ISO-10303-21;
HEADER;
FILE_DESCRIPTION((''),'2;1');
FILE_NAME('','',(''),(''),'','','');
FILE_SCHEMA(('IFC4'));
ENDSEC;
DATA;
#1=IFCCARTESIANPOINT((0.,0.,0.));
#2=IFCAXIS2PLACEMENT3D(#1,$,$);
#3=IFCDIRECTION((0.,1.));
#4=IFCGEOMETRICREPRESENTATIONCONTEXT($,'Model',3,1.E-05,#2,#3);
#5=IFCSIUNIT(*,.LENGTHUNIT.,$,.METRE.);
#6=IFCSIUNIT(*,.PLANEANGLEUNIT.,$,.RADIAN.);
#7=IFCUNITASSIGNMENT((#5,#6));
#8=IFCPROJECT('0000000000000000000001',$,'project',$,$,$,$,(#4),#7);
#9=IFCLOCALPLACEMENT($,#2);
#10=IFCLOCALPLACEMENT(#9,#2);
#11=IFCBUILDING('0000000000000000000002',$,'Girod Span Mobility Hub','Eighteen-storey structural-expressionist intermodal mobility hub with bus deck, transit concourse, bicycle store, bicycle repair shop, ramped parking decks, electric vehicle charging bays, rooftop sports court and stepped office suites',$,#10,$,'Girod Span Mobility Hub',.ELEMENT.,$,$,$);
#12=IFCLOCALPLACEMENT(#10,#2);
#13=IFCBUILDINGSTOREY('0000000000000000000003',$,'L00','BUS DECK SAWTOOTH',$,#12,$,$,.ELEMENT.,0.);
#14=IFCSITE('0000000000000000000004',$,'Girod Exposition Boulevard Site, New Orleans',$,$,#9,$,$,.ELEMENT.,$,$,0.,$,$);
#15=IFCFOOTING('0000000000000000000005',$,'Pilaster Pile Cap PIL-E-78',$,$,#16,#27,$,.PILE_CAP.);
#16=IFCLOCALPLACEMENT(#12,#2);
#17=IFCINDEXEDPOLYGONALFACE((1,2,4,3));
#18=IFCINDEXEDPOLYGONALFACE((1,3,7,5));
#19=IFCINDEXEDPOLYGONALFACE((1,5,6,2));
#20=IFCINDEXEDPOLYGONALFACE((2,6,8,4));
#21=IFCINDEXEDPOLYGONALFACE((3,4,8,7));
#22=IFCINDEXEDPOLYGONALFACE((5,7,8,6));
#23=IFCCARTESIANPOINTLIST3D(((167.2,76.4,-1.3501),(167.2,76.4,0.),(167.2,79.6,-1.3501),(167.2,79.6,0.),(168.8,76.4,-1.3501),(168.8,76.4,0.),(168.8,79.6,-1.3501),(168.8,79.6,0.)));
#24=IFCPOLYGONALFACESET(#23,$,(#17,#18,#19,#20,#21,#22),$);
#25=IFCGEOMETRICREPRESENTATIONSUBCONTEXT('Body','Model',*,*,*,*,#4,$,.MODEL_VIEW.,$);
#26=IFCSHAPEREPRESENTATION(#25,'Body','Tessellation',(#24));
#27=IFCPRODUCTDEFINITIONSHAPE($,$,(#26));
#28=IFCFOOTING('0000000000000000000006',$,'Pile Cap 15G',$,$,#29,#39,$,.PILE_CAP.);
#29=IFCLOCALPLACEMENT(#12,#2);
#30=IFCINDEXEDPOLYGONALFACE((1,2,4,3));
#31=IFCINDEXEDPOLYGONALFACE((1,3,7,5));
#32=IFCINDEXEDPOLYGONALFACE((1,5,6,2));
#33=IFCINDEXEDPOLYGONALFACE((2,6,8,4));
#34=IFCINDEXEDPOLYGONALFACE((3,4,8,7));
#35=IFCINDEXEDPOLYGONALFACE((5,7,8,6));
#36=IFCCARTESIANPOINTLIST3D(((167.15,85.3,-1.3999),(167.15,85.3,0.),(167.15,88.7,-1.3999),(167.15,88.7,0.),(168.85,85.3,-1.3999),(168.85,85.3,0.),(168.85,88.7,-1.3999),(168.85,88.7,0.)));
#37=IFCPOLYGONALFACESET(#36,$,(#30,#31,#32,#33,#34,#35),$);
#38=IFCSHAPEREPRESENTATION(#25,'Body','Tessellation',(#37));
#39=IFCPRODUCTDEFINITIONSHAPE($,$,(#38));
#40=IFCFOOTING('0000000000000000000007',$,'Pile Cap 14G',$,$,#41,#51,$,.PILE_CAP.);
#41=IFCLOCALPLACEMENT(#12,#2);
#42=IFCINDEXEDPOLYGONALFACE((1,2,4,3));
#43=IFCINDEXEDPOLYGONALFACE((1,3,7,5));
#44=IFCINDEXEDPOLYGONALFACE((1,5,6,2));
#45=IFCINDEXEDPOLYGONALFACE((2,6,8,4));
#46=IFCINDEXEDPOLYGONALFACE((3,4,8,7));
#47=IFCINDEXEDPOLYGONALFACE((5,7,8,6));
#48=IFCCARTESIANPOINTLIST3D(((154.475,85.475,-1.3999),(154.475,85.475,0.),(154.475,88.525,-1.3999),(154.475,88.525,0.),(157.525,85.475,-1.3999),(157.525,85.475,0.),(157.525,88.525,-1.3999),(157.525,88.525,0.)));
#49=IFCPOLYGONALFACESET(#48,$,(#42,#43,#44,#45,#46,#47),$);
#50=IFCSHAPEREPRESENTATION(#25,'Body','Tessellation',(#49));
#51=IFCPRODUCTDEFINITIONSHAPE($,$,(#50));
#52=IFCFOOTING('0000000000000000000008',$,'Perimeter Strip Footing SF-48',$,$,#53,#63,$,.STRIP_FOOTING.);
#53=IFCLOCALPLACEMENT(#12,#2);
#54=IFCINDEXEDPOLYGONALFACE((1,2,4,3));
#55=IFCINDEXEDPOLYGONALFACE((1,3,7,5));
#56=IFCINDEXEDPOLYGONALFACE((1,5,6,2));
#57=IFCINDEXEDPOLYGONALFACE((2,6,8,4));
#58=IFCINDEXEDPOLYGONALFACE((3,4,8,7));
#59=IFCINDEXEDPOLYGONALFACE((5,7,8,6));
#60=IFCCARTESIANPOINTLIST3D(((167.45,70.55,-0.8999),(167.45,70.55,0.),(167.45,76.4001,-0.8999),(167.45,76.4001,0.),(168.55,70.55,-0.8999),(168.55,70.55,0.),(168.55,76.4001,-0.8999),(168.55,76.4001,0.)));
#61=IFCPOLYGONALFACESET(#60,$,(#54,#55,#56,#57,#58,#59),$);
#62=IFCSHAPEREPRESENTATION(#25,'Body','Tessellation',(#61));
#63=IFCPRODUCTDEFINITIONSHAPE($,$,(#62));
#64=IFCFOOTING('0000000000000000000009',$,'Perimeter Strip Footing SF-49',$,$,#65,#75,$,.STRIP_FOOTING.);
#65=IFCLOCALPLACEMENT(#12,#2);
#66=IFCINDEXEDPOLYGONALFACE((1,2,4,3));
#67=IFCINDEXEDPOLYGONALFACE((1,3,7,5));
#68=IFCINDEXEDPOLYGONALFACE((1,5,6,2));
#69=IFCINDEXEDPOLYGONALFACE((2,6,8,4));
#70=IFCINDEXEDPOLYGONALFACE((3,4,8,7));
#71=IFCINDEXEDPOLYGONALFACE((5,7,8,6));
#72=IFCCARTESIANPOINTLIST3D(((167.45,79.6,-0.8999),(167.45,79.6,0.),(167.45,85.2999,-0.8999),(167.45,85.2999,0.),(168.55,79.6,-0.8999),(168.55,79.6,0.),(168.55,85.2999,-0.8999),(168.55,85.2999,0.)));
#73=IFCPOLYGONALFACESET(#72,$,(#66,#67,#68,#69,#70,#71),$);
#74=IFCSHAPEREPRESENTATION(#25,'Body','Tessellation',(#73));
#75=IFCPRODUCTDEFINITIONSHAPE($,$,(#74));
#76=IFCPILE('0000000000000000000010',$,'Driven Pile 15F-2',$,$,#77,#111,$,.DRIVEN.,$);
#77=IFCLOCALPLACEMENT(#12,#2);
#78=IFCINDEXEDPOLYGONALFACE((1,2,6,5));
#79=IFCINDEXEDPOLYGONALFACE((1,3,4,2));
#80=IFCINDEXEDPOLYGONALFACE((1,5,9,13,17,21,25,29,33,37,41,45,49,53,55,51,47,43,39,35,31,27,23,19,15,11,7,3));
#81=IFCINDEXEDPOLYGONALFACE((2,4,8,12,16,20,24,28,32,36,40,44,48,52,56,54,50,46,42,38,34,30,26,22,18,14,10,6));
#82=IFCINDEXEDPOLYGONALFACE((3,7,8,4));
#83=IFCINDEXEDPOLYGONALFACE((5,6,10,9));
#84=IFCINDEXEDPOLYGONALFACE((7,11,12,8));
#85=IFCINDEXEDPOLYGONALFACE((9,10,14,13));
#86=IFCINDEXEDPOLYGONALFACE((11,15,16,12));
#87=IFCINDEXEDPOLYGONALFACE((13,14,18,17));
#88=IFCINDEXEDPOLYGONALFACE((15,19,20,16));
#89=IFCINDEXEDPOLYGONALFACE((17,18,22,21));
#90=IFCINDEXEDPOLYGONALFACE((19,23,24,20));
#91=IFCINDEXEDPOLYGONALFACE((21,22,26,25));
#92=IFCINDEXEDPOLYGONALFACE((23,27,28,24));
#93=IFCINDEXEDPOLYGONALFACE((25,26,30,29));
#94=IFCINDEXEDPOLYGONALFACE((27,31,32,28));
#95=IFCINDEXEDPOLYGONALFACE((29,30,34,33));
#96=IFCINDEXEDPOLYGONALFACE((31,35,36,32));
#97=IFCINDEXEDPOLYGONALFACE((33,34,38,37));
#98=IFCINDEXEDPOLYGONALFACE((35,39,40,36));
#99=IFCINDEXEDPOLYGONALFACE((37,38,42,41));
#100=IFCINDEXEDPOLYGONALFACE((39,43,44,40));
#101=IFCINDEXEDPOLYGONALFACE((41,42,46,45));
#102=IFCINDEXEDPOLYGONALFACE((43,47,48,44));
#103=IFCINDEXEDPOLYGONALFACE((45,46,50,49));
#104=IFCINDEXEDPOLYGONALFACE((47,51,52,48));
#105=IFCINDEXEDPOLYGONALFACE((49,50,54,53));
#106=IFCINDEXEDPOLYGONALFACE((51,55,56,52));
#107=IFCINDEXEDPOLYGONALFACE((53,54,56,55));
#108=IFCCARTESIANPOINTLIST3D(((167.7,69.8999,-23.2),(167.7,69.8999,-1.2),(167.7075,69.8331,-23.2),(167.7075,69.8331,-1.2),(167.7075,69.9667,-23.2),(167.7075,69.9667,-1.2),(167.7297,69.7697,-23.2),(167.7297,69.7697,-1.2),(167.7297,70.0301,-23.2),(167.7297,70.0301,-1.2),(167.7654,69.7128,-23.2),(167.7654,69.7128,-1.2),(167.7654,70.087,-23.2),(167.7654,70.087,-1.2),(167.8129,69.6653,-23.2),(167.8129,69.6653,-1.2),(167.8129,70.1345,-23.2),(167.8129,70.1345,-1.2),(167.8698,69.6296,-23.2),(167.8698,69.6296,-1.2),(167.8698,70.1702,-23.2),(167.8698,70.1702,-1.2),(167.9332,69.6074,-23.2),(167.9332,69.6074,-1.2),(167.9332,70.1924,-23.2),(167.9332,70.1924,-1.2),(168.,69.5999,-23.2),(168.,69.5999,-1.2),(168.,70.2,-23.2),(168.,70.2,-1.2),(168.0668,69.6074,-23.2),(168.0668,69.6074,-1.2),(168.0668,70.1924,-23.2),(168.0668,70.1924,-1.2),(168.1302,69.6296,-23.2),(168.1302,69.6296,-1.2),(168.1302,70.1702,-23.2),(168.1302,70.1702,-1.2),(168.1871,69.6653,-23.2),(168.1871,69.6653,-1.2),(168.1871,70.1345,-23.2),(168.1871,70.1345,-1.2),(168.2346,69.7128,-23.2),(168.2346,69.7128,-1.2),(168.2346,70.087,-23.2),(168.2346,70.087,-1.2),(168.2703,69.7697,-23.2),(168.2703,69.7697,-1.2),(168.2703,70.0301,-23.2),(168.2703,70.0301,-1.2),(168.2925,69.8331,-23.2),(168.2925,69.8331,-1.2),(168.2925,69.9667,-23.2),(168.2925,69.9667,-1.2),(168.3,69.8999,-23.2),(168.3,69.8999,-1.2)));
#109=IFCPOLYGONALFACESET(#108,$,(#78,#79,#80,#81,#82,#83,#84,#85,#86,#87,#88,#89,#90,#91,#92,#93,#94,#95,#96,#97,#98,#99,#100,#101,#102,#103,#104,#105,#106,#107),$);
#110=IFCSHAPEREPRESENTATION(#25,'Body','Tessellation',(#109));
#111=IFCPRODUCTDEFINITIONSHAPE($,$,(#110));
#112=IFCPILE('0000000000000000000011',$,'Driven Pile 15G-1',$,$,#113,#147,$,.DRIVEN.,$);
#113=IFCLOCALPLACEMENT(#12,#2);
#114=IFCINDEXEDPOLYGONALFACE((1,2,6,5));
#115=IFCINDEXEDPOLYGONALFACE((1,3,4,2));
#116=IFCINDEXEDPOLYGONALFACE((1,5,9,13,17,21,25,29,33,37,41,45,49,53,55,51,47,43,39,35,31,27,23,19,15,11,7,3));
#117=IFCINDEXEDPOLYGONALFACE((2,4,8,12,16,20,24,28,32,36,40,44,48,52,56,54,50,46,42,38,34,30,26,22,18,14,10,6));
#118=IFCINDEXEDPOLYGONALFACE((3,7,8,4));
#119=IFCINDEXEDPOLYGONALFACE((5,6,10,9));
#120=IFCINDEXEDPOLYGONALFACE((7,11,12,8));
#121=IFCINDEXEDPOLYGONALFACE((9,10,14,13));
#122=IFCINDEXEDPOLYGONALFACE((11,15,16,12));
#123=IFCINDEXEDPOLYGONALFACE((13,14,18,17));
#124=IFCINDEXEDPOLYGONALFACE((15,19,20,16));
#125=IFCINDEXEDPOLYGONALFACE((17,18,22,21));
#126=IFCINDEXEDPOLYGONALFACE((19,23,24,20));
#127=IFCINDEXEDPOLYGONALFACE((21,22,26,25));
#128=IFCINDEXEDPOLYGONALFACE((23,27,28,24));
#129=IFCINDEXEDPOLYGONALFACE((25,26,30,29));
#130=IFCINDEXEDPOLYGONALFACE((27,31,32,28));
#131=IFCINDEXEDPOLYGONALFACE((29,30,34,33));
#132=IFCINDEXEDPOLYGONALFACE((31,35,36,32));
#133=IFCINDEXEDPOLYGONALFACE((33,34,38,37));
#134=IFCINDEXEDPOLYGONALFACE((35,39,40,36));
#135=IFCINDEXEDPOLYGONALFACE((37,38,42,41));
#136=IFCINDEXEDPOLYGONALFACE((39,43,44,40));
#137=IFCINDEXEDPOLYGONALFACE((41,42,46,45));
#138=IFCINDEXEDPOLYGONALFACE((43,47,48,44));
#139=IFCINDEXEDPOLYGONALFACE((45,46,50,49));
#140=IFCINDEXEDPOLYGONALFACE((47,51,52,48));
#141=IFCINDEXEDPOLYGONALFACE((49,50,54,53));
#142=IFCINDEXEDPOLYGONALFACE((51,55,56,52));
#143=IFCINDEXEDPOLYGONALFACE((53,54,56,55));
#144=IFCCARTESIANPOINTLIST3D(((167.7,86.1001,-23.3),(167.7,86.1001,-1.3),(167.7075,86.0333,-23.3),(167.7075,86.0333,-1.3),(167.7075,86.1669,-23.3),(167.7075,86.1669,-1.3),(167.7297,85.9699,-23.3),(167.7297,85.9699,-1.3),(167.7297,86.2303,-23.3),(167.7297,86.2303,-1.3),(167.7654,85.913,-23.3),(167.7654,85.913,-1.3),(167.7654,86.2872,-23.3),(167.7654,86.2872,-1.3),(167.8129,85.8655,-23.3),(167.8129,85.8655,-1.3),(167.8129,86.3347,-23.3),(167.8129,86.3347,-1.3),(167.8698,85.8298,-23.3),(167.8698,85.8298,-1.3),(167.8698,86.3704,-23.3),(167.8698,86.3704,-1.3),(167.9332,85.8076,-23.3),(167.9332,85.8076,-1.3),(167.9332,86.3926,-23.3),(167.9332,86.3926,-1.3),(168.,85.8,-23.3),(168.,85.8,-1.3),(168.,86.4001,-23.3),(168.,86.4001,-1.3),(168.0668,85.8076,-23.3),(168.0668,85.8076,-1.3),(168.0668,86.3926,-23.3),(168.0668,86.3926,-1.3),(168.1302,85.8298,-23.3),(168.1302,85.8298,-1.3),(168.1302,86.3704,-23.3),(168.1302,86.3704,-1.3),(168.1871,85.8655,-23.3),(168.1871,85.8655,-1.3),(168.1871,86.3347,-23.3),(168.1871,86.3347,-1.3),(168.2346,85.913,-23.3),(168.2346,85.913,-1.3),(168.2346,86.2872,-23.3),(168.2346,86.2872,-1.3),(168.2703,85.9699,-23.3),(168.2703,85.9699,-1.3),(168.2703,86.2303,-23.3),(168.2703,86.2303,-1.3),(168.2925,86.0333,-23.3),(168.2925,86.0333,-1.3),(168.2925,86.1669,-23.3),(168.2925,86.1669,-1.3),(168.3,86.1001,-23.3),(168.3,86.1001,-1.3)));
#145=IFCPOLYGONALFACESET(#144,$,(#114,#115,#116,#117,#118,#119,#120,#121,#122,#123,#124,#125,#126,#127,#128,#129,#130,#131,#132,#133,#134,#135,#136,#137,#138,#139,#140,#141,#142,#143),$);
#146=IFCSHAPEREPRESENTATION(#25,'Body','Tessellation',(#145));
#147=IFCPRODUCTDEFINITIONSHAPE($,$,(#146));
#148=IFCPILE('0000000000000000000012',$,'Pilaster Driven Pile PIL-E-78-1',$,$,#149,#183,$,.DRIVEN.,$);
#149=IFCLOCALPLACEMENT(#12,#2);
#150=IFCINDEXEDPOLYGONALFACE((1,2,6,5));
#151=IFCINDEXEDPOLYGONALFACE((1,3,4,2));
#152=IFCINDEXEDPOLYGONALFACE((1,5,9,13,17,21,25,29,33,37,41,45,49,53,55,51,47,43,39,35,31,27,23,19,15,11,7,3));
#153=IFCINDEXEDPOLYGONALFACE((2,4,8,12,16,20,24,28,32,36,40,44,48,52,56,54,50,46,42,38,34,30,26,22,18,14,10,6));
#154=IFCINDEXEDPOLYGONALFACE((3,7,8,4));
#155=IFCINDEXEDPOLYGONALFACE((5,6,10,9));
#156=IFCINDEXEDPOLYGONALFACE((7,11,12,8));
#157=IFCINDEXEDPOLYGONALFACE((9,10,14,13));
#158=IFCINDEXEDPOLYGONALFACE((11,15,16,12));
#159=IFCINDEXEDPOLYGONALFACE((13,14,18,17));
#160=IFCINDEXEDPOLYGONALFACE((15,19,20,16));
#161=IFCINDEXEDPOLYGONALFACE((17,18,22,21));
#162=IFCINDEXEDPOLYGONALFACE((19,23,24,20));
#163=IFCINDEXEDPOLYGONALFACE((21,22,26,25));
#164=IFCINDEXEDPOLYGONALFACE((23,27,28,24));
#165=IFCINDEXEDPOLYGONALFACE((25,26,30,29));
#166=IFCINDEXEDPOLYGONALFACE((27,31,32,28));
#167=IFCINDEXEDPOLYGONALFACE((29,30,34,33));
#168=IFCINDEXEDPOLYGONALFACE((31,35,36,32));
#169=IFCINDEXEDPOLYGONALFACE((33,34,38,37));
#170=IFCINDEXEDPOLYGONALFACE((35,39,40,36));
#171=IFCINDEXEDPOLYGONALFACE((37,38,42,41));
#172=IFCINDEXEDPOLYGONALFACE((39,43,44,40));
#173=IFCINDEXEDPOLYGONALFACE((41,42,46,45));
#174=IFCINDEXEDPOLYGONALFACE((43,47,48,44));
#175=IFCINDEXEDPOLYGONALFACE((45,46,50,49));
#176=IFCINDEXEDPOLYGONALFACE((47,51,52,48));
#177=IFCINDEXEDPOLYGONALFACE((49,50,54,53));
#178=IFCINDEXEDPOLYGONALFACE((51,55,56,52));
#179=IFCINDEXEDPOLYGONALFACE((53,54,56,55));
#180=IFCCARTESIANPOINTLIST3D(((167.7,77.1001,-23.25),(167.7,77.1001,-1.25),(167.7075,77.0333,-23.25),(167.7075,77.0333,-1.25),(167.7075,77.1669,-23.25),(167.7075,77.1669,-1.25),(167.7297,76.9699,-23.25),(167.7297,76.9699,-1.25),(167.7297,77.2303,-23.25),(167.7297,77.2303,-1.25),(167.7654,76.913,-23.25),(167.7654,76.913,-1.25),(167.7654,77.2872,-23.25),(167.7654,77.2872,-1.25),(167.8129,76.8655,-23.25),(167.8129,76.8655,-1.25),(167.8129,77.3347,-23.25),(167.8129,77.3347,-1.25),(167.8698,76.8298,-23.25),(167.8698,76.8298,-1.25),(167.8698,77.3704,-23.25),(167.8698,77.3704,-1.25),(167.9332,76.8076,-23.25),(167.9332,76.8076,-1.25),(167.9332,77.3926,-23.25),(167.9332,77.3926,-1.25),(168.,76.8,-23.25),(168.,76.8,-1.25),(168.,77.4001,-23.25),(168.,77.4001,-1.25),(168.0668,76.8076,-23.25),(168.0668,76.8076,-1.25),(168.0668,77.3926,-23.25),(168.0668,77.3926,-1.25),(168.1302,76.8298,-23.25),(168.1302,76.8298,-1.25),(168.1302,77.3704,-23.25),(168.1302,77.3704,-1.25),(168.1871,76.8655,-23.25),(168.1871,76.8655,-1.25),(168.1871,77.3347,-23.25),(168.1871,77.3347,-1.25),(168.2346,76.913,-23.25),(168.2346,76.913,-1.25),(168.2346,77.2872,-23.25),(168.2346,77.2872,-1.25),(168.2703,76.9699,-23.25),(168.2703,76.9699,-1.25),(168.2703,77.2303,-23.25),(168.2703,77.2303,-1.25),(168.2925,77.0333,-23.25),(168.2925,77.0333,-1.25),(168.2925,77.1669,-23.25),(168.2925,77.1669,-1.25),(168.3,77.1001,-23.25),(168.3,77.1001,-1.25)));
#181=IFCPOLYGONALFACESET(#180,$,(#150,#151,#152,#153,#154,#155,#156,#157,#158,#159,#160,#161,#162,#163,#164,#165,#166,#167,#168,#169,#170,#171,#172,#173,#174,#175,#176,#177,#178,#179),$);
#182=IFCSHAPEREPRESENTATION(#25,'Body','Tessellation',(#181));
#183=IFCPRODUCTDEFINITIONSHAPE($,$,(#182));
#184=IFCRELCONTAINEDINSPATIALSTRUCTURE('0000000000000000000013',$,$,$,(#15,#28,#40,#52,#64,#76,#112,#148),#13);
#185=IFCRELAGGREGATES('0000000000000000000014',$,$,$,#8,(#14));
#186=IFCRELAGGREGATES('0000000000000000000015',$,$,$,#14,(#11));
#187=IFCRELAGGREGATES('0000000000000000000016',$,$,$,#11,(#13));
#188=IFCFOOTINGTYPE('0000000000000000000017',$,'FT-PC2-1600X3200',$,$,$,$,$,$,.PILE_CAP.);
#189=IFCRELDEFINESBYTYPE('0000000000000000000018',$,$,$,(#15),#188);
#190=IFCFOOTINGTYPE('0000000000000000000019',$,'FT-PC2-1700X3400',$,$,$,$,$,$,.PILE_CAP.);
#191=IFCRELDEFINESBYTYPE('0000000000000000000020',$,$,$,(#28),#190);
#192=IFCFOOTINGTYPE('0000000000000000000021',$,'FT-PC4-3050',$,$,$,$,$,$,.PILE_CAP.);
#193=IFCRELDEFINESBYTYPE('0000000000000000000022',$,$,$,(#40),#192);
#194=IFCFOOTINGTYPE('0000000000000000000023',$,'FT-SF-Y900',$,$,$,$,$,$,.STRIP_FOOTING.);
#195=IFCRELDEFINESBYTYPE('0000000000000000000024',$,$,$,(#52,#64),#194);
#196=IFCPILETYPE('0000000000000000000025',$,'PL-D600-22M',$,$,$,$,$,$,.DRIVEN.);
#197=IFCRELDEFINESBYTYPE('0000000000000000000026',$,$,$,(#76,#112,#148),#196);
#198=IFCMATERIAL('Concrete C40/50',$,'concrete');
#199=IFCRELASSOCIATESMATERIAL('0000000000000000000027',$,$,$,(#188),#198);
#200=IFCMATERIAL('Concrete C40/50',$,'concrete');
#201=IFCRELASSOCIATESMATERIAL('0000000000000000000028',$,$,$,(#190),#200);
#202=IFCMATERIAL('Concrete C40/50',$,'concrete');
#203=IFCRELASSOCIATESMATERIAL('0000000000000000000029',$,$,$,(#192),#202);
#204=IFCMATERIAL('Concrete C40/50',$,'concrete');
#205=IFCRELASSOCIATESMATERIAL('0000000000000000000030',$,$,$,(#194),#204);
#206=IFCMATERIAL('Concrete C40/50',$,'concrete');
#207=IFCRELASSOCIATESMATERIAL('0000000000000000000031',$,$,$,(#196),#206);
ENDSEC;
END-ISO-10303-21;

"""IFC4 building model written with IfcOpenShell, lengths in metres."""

from ifc_helpers import new_model, si_unit, direction, frame, origin, origin_2d, place, context, subcontext, project, spatial, rectangle, circle, extrude, material, material_profile, profile_set, type_object, element, save


model = new_model("IFC4")

# Units and contexts
model_context = context("Model", 3, precision=1e-05, world=origin(), true_north=direction((0.0, 1.0)))
body_context = subcontext(model_context, "Body", "Model", "MODEL_VIEW")
ifc_project = project(units=[si_unit("LENGTHUNIT", "METRE"), si_unit("PLANEANGLEUNIT", "RADIAN")], contexts=[model_context])

# Site, building, storey
site_placement = place(None, origin())
site = spatial("IfcSite", under=ifc_project, at=site_placement, Name="Girod Exposition Boulevard Site, New Orleans", CompositionType="ELEMENT", RefElevation=0.0)
building_placement = place(site_placement, origin())
building = spatial("IfcBuilding", under=site, at=building_placement, Name="Girod Span Mobility Hub", Description="Eighteen-storey structural-expressionist intermodal mobility hub with bus deck, transit concourse, bicycle store, bicycle repair shop, ramped parking decks, electric vehicle charging bays, rooftop sports court and stepped office suites", LongName="Girod Span Mobility Hub", CompositionType="ELEMENT")
storey_placement = place(building_placement, origin())
storey = spatial("IfcBuildingStorey", under=building, at=storey_placement, Name="L00", Description="BUS DECK SAWTOOTH", CompositionType="ELEMENT", Elevation=0.0)

# Footings
ifc_material_1 = material(Name="Concrete C40/50", Category="concrete")
footing_type_1 = type_object("IfcFootingType", Name="FT-PC2-1600X3200", PredefinedType="PILE_CAP", material=ifc_material_1)
footing_1_placement = place(storey_placement, frame((168.0, 78.0, -1.3501), z_axis=(0.0, 0.0, 1.0), x_axis=(1.0, 0.0, 0.0)))
element("IfcFooting", 1, at=footing_1_placement, inside=storey, type_object=footing_type_1, Name="Pilaster Pile Cap PIL-E-78", PredefinedType="PILE_CAP", context=body_context, shape_type="SweptSolid", body=[
    extrude(rectangle(XDim=1.6001, YDim=3.2, at=origin_2d()), origin(), (0.0, 0.0, 1.0), 1.3501),
])
ifc_material_2 = material(Name="Concrete C40/50", Category="concrete")
footing_type_2 = type_object("IfcFootingType", Name="FT-PC2-1700X3400", PredefinedType="PILE_CAP", material=ifc_material_2)
footing_2_placement = place(storey_placement, frame((168.0, 87.0, -1.3999), z_axis=(0.0, 0.0, 1.0), x_axis=(1.0, 0.0, 0.0)))
element("IfcFooting", 2, at=footing_2_placement, inside=storey, type_object=footing_type_2, Name="Pile Cap 15G", PredefinedType="PILE_CAP", context=body_context, shape_type="SweptSolid", body=[
    extrude(rectangle(XDim=1.7, YDim=3.3999, at=origin_2d()), origin(), (0.0, 0.0, 1.0), 1.3999),
])
ifc_material_3 = material(Name="Concrete C40/50", Category="concrete")
footing_type_3 = type_object("IfcFootingType", Name="FT-PC4-3050", PredefinedType="PILE_CAP", material=ifc_material_3)
footing_3_placement = place(storey_placement, frame((156.0, 87.0, -1.3999), z_axis=(0.0, 0.0, 1.0), x_axis=(1.0, 0.0, 0.0)))
element("IfcFooting", 3, at=footing_3_placement, inside=storey, type_object=footing_type_3, Name="Pile Cap 14G", PredefinedType="PILE_CAP", context=body_context, shape_type="SweptSolid", body=[
    extrude(rectangle(XDim=3.05, YDim=3.05, at=origin_2d()), origin(), (0.0, 0.0, 1.0), 1.3999),
])
ifc_material_4 = material(Name="Concrete C40/50", Category="concrete")
footing_type_4 = type_object("IfcFootingType", Name="FT-SF-Y900", PredefinedType="STRIP_FOOTING", material=ifc_material_4)
footing_4_placement = place(storey_placement, frame((168.0, 73.4751, -0.8999), z_axis=(0.0, 0.0, 1.0), x_axis=(1.0, 0.0, 0.0)))
element("IfcFooting", 4, at=footing_4_placement, inside=storey, type_object=footing_type_4, Name="Perimeter Strip Footing SF-48", PredefinedType="STRIP_FOOTING", context=body_context, shape_type="SweptSolid", body=[
    extrude(rectangle(XDim=1.1001, YDim=5.8501, at=origin_2d()), origin(), (0.0, 0.0, 1.0), 0.8999),
])
footing_5_placement = place(storey_placement, frame((168.0, 82.45, -0.8999), z_axis=(0.0, 0.0, 1.0), x_axis=(1.0, 0.0, 0.0)))
element("IfcFooting", 5, at=footing_5_placement, inside=storey, type_object=footing_type_4, Name="Perimeter Strip Footing SF-49", PredefinedType="STRIP_FOOTING", context=body_context, shape_type="SweptSolid", body=[
    extrude(rectangle(XDim=1.1001, YDim=5.7, at=origin_2d()), origin(), (0.0, 0.0, 1.0), 0.8999),
])

# Piles
ifc_material_5 = material(Name="Concrete C40/50", Category="concrete")
ifc_material_profile_1 = material_profile(ifc_material_5, circle(Radius=0.3, at=origin_2d()), Name="PILE-D600")
ifc_profile_set_1 = profile_set([ifc_material_profile_1], Name="Concrete C40/50")
pile_type_1 = type_object("IfcPileType", Name="PL-D600-22M", PredefinedType="DRIVEN", material=ifc_profile_set_1)
for number, where, z_axis, x_axis, name in (
    (6, (168.0, 69.8999, -1.2), (0.0, 0.0, -1.0), (1.0, 0.0, 0.0), "Driven Pile 15F-2"),
    (7, (168.0, 86.1001, -1.3), (0.0, 0.0, -1.0), (1.0, 0.0, 0.0), "Driven Pile 15G-1"),
    (8, (168.0, 77.1001, -1.25), (0.0, 0.0, -1.0), (1.0, 0.0, 0.0), "Pilaster Driven Pile PIL-E-78-1"),
):
    element("IfcPile", number, at=place(storey_placement, frame(where, z_axis=z_axis, x_axis=x_axis)), inside=storey, type_object=pile_type_1, Name=name, PredefinedType="DRIVEN", context=body_context, shape_type="SweptSolid", body=[
        extrude(circle(Radius=0.3, at=origin_2d()), origin(), (0.0, 0.0, 1.0), 22.0),
    ])

save(model, "model.ifc")
